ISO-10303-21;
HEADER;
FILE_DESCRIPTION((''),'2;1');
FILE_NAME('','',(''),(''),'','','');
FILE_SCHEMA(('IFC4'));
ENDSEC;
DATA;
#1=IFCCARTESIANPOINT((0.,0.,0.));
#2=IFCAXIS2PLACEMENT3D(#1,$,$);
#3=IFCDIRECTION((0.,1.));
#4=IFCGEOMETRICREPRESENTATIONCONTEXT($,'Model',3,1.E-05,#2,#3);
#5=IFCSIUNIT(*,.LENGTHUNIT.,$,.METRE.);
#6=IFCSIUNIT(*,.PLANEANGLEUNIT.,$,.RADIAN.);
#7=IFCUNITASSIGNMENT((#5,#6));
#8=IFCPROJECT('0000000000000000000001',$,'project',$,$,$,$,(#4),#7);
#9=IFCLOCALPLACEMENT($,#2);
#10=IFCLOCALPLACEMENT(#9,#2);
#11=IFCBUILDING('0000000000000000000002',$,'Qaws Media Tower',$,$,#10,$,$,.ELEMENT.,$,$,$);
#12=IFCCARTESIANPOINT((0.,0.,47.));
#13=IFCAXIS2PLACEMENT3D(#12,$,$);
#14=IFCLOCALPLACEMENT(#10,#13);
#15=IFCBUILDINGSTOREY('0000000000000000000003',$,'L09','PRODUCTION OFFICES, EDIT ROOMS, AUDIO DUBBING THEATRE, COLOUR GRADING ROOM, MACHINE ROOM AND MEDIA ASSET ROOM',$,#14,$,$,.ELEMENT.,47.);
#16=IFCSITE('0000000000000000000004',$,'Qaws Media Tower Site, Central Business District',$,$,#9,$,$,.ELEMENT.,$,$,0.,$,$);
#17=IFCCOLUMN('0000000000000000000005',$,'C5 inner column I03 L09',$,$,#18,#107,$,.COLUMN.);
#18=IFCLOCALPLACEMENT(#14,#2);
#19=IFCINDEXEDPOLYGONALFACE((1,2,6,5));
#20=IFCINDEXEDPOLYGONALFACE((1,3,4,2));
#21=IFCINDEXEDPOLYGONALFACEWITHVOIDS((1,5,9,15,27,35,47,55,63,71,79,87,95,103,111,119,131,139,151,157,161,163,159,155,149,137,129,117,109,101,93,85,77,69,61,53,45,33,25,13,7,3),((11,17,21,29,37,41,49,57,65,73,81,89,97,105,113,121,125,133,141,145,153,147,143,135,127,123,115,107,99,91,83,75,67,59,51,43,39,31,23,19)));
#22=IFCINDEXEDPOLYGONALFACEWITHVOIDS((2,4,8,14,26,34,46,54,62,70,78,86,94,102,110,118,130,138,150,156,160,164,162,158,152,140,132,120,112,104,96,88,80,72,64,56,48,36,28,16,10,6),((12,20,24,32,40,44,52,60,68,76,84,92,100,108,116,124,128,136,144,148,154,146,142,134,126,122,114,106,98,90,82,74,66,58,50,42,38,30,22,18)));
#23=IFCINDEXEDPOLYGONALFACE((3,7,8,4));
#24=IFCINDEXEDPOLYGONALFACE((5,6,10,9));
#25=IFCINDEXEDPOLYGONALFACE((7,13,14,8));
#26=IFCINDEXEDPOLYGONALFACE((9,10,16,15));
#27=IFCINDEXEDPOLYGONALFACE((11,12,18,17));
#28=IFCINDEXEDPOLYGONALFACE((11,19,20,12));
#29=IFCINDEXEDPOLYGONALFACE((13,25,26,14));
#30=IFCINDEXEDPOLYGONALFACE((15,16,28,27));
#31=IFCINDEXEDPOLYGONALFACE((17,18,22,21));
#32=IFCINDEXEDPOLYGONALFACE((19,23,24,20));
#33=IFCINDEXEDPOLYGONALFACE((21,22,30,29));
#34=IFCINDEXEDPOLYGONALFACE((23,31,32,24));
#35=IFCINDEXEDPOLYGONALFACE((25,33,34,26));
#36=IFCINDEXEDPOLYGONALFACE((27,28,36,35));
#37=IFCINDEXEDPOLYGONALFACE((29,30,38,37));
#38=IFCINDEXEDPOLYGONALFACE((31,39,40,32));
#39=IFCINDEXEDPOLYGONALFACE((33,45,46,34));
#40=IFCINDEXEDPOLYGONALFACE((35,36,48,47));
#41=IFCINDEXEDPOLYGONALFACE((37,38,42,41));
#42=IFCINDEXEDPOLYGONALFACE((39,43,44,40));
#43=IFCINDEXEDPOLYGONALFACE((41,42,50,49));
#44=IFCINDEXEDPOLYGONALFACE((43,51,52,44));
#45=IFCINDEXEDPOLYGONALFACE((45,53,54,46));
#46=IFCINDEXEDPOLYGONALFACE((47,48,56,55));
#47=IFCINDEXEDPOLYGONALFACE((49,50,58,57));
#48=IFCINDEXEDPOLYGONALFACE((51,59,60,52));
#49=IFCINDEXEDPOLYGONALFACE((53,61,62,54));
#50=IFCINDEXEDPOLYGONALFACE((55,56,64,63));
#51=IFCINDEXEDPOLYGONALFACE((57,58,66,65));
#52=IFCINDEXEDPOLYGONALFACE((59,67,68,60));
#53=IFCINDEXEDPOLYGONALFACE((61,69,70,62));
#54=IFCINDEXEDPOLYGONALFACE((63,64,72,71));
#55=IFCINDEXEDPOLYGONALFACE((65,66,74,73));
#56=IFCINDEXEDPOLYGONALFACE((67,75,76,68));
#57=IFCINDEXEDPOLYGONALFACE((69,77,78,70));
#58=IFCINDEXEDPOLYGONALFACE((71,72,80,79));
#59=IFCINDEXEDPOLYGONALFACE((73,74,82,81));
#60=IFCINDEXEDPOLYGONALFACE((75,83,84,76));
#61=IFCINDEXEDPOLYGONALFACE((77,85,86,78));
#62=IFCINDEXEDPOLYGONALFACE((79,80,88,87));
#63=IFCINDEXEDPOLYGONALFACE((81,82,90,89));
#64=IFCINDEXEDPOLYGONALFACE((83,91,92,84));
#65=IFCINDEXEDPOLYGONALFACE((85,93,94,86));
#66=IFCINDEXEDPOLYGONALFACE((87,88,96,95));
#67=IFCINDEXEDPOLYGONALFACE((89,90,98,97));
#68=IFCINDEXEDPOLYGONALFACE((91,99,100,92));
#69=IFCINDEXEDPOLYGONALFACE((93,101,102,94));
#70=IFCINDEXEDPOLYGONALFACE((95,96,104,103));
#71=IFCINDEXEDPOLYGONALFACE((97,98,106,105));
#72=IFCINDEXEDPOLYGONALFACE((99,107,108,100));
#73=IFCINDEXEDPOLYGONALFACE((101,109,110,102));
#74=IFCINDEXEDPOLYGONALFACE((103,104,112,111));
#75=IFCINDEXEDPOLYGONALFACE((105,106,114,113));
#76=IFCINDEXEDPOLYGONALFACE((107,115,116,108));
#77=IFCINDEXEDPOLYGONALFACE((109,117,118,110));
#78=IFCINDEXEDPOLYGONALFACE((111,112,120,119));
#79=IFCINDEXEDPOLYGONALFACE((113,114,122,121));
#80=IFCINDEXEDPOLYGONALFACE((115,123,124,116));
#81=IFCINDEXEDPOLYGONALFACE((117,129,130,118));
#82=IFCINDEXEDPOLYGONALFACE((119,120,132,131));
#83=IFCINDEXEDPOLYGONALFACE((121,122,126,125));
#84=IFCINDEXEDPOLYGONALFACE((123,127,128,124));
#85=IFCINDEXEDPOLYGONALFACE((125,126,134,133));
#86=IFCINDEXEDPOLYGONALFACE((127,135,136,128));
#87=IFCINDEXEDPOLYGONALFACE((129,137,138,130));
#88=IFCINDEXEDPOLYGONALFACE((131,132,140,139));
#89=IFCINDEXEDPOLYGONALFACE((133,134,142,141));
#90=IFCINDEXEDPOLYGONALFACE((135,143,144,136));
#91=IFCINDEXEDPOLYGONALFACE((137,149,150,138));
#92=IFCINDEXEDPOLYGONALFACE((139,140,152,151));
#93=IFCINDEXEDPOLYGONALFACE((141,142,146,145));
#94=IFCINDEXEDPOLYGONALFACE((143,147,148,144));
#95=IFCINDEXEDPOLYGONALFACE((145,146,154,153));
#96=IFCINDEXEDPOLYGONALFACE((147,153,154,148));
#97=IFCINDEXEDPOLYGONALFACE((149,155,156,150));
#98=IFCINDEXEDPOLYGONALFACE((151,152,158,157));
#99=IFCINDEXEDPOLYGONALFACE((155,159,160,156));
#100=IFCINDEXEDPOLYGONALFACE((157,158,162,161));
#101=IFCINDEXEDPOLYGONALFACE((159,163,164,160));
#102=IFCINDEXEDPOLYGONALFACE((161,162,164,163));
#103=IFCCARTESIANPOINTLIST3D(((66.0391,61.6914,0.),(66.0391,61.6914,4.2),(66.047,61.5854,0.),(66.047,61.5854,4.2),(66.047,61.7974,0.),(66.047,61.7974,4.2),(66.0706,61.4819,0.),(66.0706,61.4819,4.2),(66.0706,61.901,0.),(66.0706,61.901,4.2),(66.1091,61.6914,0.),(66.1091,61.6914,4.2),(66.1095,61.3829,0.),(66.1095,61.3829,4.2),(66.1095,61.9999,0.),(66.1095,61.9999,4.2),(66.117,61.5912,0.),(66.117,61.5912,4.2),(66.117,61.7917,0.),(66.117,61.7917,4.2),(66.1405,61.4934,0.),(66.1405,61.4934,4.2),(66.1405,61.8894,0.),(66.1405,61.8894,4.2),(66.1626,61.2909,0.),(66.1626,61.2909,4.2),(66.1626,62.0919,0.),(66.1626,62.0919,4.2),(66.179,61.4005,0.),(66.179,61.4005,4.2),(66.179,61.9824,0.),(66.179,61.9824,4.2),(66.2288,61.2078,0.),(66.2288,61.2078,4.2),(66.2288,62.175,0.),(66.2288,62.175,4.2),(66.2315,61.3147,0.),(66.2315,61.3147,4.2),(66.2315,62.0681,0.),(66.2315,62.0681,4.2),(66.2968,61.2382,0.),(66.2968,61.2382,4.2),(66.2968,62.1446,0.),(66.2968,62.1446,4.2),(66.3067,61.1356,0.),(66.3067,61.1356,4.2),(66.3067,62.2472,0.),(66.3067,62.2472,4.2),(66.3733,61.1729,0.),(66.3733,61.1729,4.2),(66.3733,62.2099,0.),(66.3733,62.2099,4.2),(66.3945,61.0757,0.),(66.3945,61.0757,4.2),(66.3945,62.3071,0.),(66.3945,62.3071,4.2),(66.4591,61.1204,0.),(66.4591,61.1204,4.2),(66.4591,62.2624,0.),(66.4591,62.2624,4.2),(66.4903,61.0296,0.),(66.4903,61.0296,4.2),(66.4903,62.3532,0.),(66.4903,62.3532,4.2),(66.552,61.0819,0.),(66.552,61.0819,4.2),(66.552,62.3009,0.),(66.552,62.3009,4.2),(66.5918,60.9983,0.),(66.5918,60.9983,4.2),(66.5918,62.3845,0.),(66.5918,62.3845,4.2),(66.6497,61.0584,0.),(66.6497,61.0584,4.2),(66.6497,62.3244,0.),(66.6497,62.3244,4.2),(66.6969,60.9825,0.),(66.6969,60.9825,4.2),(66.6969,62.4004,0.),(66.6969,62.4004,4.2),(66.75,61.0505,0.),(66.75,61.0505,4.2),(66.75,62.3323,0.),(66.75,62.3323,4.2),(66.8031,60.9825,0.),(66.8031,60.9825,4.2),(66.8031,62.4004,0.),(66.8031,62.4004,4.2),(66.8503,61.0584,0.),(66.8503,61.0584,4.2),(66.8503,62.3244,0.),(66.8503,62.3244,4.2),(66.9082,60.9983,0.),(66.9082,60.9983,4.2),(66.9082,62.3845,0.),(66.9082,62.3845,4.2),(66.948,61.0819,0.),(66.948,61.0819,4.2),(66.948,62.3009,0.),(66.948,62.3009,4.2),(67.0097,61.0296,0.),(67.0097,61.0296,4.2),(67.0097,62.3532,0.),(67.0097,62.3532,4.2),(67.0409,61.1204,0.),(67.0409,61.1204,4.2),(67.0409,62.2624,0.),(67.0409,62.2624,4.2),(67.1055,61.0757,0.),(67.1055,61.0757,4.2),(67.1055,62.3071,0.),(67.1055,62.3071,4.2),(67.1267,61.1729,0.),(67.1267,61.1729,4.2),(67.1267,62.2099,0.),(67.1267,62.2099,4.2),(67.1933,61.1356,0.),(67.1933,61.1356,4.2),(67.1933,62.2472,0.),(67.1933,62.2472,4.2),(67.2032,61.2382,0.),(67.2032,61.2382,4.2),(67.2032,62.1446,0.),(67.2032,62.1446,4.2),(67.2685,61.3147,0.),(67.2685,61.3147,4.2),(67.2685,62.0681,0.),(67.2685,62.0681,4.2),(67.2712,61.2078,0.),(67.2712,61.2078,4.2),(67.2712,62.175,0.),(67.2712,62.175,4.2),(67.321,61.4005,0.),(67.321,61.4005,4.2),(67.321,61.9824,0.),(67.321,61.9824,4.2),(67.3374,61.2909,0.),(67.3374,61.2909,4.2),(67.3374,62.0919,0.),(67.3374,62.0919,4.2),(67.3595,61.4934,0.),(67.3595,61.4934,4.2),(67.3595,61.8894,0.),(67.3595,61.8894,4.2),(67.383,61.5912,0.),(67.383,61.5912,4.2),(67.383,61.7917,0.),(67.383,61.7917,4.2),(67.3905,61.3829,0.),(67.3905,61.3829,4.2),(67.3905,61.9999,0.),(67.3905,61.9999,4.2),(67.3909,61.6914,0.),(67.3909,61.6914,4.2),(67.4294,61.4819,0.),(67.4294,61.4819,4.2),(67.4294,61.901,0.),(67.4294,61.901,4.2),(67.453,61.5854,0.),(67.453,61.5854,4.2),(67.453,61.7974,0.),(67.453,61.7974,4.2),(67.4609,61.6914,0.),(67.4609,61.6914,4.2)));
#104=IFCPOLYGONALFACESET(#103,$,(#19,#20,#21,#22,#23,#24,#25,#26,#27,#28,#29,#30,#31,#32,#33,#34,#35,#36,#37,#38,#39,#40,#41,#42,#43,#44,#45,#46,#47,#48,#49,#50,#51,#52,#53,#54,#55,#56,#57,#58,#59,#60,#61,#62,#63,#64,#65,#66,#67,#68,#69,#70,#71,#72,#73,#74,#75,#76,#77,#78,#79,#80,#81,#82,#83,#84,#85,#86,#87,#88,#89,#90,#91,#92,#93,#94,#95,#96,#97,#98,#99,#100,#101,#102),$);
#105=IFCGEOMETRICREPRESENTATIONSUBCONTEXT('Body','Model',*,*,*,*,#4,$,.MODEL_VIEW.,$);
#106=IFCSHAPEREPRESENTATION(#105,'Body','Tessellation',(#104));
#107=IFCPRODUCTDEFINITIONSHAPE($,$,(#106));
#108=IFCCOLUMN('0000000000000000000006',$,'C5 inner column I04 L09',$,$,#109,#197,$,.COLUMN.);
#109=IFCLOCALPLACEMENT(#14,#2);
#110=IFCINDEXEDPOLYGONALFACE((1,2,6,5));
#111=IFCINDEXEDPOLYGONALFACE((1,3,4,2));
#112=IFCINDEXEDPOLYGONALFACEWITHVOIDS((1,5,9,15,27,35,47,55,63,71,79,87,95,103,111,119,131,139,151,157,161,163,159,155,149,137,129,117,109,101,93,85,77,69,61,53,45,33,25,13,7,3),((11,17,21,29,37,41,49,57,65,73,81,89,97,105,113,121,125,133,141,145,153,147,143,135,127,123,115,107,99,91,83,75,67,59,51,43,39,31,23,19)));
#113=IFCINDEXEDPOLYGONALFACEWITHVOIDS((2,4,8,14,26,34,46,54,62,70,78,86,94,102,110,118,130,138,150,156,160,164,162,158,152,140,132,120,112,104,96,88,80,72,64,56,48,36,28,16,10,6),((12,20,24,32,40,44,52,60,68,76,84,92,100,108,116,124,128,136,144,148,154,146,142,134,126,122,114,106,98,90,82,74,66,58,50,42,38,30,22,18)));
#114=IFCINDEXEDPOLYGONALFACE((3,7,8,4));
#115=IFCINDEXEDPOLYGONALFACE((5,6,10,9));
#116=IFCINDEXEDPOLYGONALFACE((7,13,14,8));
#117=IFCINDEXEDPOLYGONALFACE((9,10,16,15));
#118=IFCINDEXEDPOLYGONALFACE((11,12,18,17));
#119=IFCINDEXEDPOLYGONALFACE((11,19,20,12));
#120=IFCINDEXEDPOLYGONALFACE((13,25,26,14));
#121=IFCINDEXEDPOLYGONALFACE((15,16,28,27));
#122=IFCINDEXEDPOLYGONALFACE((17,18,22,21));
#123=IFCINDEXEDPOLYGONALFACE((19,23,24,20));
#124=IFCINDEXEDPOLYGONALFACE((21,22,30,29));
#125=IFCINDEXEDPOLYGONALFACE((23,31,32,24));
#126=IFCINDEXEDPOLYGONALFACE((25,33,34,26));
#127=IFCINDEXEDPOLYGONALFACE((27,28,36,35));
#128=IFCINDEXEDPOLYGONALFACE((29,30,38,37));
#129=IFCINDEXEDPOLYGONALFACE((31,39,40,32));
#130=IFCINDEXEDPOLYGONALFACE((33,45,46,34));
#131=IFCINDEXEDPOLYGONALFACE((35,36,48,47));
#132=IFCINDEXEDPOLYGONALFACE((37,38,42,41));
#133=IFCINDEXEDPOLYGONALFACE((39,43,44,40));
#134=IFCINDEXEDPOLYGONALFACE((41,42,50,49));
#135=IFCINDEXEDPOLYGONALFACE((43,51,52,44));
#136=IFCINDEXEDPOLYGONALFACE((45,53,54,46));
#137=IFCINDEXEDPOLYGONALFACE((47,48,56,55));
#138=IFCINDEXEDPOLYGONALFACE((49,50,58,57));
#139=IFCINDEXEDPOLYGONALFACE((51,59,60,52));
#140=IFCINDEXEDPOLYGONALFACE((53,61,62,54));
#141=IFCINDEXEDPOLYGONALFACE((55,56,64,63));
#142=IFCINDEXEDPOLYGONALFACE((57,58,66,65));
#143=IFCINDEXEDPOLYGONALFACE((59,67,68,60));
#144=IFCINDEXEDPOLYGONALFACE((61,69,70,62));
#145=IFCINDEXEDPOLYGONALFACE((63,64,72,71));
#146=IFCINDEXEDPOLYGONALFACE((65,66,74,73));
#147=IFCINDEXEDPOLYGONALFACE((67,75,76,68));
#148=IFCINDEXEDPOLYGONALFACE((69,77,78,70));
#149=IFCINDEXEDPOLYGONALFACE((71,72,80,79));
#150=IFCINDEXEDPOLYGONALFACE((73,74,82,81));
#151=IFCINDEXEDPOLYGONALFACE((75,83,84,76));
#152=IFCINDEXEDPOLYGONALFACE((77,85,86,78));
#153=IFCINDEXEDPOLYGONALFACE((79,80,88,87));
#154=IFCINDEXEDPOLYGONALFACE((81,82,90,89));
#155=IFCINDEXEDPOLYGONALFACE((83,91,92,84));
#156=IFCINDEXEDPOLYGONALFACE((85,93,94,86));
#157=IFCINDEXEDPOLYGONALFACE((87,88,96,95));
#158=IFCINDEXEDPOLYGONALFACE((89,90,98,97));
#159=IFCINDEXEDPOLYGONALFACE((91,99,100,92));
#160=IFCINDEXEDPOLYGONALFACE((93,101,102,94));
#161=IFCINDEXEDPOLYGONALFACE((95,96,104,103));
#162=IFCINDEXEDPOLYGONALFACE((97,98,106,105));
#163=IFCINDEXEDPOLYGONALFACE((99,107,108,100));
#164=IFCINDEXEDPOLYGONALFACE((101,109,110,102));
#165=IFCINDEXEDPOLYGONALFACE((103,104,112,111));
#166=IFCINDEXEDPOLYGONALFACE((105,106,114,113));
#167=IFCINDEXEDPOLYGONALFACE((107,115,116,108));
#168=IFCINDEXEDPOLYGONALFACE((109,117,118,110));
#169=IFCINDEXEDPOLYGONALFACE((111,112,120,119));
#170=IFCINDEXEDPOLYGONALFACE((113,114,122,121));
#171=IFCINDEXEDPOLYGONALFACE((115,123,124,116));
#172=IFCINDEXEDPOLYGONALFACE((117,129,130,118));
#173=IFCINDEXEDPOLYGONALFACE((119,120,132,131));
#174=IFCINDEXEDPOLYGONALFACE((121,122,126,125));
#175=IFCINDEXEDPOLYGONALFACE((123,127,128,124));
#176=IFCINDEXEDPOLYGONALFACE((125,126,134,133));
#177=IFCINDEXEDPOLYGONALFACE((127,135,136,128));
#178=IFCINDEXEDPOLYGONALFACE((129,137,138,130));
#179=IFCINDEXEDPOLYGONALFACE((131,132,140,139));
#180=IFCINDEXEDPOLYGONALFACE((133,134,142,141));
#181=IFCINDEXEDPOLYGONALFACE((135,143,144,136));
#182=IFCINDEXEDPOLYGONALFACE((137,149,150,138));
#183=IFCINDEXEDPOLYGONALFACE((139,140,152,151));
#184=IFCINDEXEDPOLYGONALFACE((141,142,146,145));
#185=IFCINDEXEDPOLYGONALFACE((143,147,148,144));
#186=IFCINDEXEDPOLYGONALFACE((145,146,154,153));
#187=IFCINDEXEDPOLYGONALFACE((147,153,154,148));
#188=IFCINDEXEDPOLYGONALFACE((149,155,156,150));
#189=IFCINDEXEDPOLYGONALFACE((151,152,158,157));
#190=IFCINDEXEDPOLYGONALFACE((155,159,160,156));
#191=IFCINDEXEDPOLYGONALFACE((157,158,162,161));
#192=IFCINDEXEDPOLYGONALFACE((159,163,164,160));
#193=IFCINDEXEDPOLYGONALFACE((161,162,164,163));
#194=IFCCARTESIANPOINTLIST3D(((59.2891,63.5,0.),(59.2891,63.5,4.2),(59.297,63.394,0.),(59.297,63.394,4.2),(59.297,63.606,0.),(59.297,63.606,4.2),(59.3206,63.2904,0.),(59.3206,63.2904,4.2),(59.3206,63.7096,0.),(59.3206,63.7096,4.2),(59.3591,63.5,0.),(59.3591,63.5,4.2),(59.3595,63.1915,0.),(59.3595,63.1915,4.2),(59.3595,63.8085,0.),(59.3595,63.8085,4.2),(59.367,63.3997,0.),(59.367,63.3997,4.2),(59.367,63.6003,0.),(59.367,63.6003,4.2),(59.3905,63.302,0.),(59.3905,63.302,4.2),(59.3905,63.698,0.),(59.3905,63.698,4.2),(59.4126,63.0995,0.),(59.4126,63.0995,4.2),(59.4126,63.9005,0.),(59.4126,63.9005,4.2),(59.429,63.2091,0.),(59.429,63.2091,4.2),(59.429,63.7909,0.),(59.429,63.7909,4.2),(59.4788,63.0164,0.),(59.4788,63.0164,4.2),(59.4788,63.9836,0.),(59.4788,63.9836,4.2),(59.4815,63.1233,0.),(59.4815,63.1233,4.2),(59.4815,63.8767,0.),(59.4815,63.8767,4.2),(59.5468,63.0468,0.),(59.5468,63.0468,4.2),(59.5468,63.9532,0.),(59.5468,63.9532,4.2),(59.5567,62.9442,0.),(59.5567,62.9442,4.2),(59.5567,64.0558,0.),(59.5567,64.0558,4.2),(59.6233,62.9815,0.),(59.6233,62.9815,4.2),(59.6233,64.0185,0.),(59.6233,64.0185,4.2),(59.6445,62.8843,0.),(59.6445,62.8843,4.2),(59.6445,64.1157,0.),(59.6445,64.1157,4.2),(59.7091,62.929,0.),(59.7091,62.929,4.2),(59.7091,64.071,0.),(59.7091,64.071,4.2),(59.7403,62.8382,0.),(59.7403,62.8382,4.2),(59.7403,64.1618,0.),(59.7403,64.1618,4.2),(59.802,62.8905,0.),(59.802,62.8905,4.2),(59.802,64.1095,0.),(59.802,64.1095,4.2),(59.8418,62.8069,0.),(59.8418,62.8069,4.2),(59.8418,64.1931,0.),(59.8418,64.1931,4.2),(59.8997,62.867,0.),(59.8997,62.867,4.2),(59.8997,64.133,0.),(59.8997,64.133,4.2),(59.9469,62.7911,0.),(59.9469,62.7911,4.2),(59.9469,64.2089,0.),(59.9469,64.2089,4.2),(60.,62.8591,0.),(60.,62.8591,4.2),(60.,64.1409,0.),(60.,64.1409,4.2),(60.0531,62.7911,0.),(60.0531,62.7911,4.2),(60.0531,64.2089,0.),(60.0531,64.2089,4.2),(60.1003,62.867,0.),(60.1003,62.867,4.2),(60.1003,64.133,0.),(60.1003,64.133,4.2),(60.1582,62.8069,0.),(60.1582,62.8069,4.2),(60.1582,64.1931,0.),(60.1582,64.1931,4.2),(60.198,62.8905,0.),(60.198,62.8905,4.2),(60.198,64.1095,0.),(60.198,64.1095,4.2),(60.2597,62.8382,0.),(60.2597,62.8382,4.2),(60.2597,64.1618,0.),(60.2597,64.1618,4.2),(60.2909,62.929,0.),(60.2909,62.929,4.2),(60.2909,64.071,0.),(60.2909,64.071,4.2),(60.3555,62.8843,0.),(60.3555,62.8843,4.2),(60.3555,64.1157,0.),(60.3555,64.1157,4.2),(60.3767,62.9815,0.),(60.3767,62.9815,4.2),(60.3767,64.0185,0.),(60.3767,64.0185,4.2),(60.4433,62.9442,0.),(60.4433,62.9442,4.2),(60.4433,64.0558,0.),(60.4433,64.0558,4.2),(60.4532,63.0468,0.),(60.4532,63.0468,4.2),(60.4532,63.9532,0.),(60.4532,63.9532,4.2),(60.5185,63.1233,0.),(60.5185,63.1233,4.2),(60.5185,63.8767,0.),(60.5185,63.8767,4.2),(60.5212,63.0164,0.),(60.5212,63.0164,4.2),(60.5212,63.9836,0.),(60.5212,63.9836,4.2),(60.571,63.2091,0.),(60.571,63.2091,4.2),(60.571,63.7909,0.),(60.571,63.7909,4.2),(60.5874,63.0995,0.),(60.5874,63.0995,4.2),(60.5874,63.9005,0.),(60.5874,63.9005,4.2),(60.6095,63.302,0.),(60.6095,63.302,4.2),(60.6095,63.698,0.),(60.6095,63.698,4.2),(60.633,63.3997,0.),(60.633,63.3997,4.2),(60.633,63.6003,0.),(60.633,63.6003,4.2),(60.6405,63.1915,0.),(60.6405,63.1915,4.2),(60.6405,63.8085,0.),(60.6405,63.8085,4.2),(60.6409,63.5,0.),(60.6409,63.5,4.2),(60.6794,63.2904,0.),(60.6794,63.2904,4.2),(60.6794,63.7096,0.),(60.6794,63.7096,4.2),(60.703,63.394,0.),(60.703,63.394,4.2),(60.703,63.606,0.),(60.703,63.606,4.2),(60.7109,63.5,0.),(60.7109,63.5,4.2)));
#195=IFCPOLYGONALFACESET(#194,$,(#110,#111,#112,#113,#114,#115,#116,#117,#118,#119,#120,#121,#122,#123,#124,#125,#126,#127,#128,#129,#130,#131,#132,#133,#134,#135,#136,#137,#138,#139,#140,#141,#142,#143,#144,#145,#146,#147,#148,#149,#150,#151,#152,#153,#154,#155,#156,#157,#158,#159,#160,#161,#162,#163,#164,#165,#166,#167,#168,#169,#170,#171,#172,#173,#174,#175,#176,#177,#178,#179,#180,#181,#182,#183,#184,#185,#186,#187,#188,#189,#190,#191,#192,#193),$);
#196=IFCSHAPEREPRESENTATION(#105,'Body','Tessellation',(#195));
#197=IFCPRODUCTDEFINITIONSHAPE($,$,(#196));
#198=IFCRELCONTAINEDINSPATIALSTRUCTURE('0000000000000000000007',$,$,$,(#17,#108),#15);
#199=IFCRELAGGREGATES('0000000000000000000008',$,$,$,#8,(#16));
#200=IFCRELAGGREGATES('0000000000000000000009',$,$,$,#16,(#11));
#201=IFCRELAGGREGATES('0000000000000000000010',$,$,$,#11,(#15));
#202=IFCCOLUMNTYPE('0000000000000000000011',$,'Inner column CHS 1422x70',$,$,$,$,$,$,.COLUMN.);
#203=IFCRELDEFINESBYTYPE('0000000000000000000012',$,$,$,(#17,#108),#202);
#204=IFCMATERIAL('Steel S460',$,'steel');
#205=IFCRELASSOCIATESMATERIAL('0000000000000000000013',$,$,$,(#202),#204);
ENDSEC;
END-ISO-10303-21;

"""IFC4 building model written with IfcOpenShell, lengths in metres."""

from ifc_helpers import new_model, si_unit, direction, frame, origin, origin_2d, place, context, subcontext, project, spatial, hollow_circle, extrude, material, material_profile, profile_set, type_object, element, save


model = new_model("IFC4")

# Units and contexts
model_context = context("Model", 3, precision=1e-05, world=origin(), true_north=direction((0.0, 1.0)))
body_context = subcontext(model_context, "Body", "Model", "MODEL_VIEW")
ifc_project = project(units=[si_unit("LENGTHUNIT", "METRE"), si_unit("PLANEANGLEUNIT", "RADIAN")], contexts=[model_context])

# Site, building, storey
site_placement = place(None, origin())
site = spatial("IfcSite", under=ifc_project, at=site_placement, Name="Qaws Media Tower Site, Central Business District", CompositionType="ELEMENT", RefElevation=0.0)
building_placement = place(site_placement, origin())
building = spatial("IfcBuilding", under=site, at=building_placement, Name="Qaws Media Tower", CompositionType="ELEMENT")
storey_placement = place(building_placement, frame((0.0, 0.0, 47.0)))
storey = spatial("IfcBuildingStorey", under=building, at=storey_placement, Name="L09", Description="PRODUCTION OFFICES, EDIT ROOMS, AUDIO DUBBING THEATRE, COLOUR GRADING ROOM, MACHINE ROOM AND MEDIA ASSET ROOM", CompositionType="ELEMENT", Elevation=47.0)

# Columns
ifc_material_1 = material(Name="Steel S460", Category="steel")
ifc_material_profile_1 = material_profile(ifc_material_1, hollow_circle(Radius=0.7109, WallThickness=0.0701, at=origin_2d()), Name="CHS 1422x70")
ifc_profile_set_1 = profile_set([ifc_material_profile_1], Name="Steel S460")
column_type = type_object("IfcColumnType", Name="Inner column CHS 1422x70", PredefinedType="COLUMN", material=ifc_profile_set_1)
for number, where, z_axis, x_axis, name in (
    (1, (66.75, 61.6914, 0.0), (0.0, 0.0, 1.0), (1.0, 0.0, 0.0), "C5 inner column I03 L09"),
    (2, (60.0, 63.5, 0.0), (0.0, 0.0, 1.0), (1.0, 0.0, 0.0), "C5 inner column I04 L09"),
):
    element("IfcColumn", number, at=place(storey_placement, frame(where, z_axis=z_axis, x_axis=x_axis)), inside=storey, type_object=column_type, Name=name, PredefinedType="COLUMN", context=body_context, shape_type="SweptSolid", body=[
        extrude(hollow_circle(Radius=0.7109, WallThickness=0.0701, at=origin_2d()), origin(), (0.0, 0.0, 1.0), 4.2),
    ])

save(model, "model.ifc")
